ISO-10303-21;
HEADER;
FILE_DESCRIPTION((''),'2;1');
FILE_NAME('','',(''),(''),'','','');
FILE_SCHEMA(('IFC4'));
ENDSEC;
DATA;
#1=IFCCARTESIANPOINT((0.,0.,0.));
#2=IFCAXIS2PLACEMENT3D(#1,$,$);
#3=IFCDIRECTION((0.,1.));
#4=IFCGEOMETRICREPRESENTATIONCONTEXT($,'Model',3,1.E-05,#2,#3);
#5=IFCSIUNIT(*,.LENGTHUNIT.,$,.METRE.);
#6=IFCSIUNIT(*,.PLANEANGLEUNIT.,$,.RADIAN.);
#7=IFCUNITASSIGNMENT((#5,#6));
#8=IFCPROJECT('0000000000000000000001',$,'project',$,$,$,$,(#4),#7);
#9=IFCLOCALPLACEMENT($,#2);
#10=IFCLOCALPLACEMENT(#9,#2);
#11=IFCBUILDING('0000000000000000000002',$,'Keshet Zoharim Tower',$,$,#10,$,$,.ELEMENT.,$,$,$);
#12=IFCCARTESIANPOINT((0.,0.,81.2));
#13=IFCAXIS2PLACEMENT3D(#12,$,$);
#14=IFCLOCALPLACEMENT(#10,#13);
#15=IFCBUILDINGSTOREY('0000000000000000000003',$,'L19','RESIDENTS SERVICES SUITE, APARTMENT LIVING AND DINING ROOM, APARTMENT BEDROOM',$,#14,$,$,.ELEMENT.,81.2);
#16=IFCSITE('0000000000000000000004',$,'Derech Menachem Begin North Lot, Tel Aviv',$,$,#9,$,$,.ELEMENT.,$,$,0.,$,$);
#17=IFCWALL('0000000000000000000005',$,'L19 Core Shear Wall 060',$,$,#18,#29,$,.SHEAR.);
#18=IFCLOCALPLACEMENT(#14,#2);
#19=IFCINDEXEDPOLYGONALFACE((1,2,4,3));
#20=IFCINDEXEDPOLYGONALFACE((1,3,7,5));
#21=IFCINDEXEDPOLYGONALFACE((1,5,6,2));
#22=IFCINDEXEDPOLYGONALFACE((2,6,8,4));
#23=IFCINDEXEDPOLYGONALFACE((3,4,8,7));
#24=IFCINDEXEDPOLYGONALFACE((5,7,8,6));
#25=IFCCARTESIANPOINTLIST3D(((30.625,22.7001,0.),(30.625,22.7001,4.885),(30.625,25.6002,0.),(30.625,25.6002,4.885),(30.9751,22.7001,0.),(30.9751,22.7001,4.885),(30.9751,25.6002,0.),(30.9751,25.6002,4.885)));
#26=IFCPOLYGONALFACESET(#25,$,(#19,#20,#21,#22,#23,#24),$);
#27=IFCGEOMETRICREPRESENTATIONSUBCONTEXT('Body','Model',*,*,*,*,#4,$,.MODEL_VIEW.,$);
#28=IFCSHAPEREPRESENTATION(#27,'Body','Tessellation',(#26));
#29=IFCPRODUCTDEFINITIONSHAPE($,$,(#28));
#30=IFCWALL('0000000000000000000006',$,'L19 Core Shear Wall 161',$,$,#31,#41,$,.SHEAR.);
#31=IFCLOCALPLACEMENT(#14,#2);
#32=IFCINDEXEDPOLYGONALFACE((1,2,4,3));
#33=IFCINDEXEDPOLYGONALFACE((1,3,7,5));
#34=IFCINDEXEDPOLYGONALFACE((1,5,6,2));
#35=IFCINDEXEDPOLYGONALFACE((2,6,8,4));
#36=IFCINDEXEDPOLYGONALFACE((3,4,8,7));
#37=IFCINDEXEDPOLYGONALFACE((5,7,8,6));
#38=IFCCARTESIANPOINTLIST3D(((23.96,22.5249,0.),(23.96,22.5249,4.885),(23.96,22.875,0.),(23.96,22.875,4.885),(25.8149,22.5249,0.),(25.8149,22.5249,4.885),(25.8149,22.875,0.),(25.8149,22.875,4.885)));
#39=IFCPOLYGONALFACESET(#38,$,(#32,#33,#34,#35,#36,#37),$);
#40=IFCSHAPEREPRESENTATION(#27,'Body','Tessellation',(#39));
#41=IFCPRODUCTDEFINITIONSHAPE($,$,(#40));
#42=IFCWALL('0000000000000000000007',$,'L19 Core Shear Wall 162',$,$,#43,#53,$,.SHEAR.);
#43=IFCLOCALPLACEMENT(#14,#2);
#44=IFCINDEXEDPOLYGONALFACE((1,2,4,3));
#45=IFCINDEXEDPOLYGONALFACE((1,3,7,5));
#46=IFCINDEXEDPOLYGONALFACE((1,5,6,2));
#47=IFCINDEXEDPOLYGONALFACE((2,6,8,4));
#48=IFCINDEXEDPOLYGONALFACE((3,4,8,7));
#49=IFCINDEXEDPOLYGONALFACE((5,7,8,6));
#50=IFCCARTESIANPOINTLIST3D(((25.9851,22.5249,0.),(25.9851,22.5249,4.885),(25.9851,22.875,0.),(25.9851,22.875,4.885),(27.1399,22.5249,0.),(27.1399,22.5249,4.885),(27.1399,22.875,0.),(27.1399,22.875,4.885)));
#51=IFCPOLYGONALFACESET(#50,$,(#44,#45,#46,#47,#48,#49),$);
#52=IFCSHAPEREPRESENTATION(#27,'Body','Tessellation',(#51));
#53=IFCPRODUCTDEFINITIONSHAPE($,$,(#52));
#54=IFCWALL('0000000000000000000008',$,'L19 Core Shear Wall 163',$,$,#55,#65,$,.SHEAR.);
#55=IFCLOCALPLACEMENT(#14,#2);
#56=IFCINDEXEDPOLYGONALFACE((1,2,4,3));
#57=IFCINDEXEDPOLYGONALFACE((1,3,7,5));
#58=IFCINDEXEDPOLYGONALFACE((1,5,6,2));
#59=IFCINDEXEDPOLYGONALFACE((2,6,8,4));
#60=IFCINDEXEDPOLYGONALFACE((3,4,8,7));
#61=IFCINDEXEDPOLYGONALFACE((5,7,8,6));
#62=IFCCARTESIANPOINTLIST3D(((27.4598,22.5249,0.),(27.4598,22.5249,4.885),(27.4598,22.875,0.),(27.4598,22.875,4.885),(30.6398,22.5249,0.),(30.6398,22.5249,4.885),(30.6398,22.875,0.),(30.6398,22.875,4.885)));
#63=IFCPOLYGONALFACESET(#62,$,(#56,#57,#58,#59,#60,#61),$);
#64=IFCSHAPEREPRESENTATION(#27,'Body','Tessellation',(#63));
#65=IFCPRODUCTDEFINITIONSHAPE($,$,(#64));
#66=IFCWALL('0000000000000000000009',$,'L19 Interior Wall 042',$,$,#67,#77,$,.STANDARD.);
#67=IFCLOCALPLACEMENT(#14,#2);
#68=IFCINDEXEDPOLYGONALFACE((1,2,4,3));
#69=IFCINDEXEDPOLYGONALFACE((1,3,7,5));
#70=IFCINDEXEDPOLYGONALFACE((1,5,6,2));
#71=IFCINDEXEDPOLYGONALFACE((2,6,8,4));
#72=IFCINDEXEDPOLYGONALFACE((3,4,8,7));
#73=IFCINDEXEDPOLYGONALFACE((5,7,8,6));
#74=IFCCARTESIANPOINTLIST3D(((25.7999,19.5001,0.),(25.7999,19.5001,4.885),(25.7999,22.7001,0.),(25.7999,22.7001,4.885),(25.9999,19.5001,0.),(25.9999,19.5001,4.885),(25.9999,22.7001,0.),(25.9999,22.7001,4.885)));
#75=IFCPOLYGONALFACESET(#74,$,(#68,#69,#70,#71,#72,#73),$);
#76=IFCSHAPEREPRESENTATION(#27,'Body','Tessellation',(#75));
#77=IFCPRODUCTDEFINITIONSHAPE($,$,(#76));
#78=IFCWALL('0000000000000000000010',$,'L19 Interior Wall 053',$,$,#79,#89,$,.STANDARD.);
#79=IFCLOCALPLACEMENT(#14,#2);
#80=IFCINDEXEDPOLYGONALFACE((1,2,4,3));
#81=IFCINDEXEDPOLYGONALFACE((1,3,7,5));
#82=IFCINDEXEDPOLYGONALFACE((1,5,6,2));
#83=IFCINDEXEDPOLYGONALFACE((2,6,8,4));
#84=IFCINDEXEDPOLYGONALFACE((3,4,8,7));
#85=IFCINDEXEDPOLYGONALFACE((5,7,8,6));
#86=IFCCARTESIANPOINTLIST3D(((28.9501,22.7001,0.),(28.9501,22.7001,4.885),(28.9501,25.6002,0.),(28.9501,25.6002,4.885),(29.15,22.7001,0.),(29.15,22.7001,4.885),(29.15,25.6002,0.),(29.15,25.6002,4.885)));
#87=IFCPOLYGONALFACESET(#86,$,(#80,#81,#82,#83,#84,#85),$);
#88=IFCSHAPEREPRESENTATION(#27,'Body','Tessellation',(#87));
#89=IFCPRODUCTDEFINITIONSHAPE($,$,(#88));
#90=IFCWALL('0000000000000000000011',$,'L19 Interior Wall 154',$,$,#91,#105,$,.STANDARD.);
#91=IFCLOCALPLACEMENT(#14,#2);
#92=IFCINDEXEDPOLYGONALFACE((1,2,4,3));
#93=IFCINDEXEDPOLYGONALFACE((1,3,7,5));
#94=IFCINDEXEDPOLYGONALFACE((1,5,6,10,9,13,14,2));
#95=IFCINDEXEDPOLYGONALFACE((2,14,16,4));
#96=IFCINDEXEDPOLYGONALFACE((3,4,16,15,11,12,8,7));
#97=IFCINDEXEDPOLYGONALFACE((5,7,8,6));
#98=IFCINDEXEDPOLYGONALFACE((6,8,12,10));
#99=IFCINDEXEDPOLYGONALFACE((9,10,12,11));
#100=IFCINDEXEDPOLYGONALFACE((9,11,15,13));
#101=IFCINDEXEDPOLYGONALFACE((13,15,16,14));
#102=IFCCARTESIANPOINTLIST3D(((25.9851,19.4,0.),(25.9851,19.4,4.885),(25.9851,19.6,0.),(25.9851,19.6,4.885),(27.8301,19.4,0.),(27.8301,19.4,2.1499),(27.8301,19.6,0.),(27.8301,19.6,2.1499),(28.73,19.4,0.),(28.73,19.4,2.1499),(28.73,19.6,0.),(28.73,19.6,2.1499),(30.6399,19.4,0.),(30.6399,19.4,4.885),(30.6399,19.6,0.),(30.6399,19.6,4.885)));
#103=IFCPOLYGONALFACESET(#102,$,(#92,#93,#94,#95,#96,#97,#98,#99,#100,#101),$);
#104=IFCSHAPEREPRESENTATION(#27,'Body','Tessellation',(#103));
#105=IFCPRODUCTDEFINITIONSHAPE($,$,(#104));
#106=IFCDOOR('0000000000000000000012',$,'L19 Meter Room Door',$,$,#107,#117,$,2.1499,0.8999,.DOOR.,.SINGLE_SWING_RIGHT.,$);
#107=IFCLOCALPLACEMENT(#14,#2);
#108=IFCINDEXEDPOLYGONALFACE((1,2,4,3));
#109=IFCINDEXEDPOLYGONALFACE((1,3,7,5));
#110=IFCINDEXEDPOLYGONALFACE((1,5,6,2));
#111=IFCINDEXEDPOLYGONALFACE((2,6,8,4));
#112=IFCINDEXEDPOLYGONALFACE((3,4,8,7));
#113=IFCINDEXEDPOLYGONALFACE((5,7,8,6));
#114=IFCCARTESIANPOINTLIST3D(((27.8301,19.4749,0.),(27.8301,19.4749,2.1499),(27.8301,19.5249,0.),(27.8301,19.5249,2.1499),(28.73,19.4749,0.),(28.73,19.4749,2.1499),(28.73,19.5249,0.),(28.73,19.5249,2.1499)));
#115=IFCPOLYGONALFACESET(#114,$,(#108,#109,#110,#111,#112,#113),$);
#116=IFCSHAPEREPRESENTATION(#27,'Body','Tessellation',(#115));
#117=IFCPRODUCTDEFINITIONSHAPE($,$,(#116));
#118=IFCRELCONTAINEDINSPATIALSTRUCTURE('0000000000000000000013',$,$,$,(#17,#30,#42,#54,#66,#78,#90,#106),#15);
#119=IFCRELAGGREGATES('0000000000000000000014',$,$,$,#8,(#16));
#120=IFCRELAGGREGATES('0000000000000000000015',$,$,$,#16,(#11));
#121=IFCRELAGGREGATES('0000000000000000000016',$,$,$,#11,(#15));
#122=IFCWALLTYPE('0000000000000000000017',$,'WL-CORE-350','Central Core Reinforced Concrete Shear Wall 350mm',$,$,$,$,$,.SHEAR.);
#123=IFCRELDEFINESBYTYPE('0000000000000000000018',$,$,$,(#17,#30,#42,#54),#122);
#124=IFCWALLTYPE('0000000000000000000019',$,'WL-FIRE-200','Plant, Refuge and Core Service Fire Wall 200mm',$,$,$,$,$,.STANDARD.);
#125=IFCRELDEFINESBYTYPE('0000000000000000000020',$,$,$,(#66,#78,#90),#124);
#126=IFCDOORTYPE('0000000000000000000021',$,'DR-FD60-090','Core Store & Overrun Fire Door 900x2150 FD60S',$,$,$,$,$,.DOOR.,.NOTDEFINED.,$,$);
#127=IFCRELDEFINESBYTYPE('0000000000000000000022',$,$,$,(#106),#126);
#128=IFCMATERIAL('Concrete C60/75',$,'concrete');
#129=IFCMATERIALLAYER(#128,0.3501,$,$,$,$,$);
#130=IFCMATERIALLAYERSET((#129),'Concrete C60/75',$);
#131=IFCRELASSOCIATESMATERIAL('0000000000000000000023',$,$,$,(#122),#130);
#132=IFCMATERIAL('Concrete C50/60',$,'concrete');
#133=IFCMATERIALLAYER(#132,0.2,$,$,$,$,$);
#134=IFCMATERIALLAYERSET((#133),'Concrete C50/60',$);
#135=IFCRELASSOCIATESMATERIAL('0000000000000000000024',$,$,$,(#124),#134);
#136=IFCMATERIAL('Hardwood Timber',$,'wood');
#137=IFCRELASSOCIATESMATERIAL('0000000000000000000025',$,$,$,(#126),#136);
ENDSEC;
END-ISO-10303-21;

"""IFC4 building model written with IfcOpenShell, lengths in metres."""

from ifc_helpers import new_model, si_unit, direction, frame, frame_2d, origin, place, context, subcontext, project, spatial, rectangle, extrude, material, layer, layer_set, type_object, element, fill, save


model = new_model("IFC4")

# Units and contexts
model_context = context("Model", 3, precision=1e-05, world=origin(), true_north=direction((0.0, 1.0)))
body_context = subcontext(model_context, "Body", "Model", "MODEL_VIEW")
ifc_project = project(units=[si_unit("LENGTHUNIT", "METRE"), si_unit("PLANEANGLEUNIT", "RADIAN")], contexts=[model_context])

# Site, building, storey
site_placement = place(None, origin())
site = spatial("IfcSite", under=ifc_project, at=site_placement, Name="Derech Menachem Begin North Lot, Tel Aviv", CompositionType="ELEMENT", RefElevation=0.0)
building_placement = place(site_placement, origin())
building = spatial("IfcBuilding", under=site, at=building_placement, Name="Keshet Zoharim Tower", CompositionType="ELEMENT")
storey_placement = place(building_placement, frame((0.0, 0.0, 81.2)))
storey = spatial("IfcBuildingStorey", under=building, at=storey_placement, Name="L19", Description="RESIDENTS SERVICES SUITE, APARTMENT LIVING AND DINING ROOM, APARTMENT BEDROOM", CompositionType="ELEMENT", Elevation=81.2)

# Shared definitions
ifc_material_1 = material(Name="Concrete C60/75", Category="concrete")

# Shared definitions
ifc_material_2 = material(Name="Hardwood Timber", Category="wood")

# Shared definitions
ifc_layer_1 = layer(ifc_material_1, 0.3501)
ifc_layer_set_1 = layer_set([ifc_layer_1], Name="Concrete C60/75")
wall_type_1 = type_object("IfcWallType", Name="WL-CORE-350", Description="Central Core Reinforced Concrete Shear Wall 350mm", PredefinedType="SHEAR", material=ifc_layer_set_1)

# Walls
wall_1_placement = place(storey_placement, frame((30.8, 22.7, 0.0), z_axis=(0.0, 0.0, 1.0), x_axis=(0.0, 1.0, 0.0)))
element("IfcWall", 1, at=wall_1_placement, inside=storey, type_object=wall_type_1, Name="L19 Core Shear Wall 060", PredefinedType="SHEAR", context=body_context, shape_type="SweptSolid", body=[
    extrude(rectangle(XDim=2.9001, YDim=0.3501, at=frame_2d((1.4502, 0.0))), origin(), (0.0, 0.0, 1.0), 4.885),
])
wall_2_placement = place(storey_placement, frame((23.96, 22.7, 0.0), z_axis=(0.0, 0.0, 1.0), x_axis=(1.0, 0.0, 0.0)))
element("IfcWall", 2, at=wall_2_placement, inside=storey, type_object=wall_type_1, Name="L19 Core Shear Wall 161", PredefinedType="SHEAR", context=body_context, shape_type="SweptSolid", body=[
    extrude(rectangle(XDim=1.855, YDim=0.3501, at=frame_2d((0.9275, 0.0))), origin(), (0.0, 0.0, 1.0), 4.885),
])
wall_3_placement = place(storey_placement, frame((25.9851, 22.7, 0.0), z_axis=(0.0, 0.0, 1.0), x_axis=(1.0, 0.0, 0.0)))
element("IfcWall", 3, at=wall_3_placement, inside=storey, type_object=wall_type_1, Name="L19 Core Shear Wall 162", PredefinedType="SHEAR", context=body_context, shape_type="SweptSolid", body=[
    extrude(rectangle(XDim=1.1548, YDim=0.3501, at=frame_2d((0.5774, 0.0))), origin(), (0.0, 0.0, 1.0), 4.885),
])
wall_4_placement = place(storey_placement, frame((27.46, 22.7, 0.0), z_axis=(0.0, 0.0, 1.0), x_axis=(1.0, 0.0, 0.0)))
element("IfcWall", 4, at=wall_4_placement, inside=storey, type_object=wall_type_1, Name="L19 Core Shear Wall 163", PredefinedType="SHEAR", context=body_context, shape_type="SweptSolid", body=[
    extrude(rectangle(XDim=3.1799, YDim=0.3501, at=frame_2d((1.5898, 0.0))), origin(), (0.0, 0.0, 1.0), 4.885),
])
ifc_material_3 = material(Name="Concrete C50/60", Category="concrete")
ifc_layer_2 = layer(ifc_material_3, 0.2)
ifc_layer_set_2 = layer_set([ifc_layer_2], Name="Concrete C50/60")
wall_type_2 = type_object("IfcWallType", Name="WL-FIRE-200", Description="Plant, Refuge and Core Service Fire Wall 200mm", PredefinedType="STANDARD", material=ifc_layer_set_2)
wall_5_placement = place(storey_placement, frame((25.8999, 19.5, 0.0), z_axis=(0.0, 0.0, 1.0), x_axis=(0.0, 1.0, 0.0)))
element("IfcWall", 5, at=wall_5_placement, inside=storey, type_object=wall_type_2, Name="L19 Interior Wall 042", PredefinedType="STANDARD", context=body_context, shape_type="SweptSolid", body=[
    extrude(rectangle(XDim=3.2, YDim=0.2, at=frame_2d((1.6001, 0.0))), origin(), (0.0, 0.0, 1.0), 4.885),
])
wall_6_placement = place(storey_placement, frame((29.05, 22.7, 0.0), z_axis=(0.0, 0.0, 1.0), x_axis=(0.0, 1.0, 0.0)))
element("IfcWall", 6, at=wall_6_placement, inside=storey, type_object=wall_type_2, Name="L19 Interior Wall 053", PredefinedType="STANDARD", context=body_context, shape_type="SweptSolid", body=[
    extrude(rectangle(XDim=2.9001, YDim=0.2, at=frame_2d((1.4502, 0.0))), origin(), (0.0, 0.0, 1.0), 4.885),
])

# Wall, opening, door
door_type_1 = type_object("IfcDoorType", Name="DR-FD60-090", Description="Core Store & Overrun Fire Door 900x2150 FD60S", OperationType="NOTDEFINED", PredefinedType="DOOR", material=ifc_material_2)
wall_7_placement = place(storey_placement, frame((25.9851, 19.5, 0.0), z_axis=(0.0, 0.0, 1.0), x_axis=(1.0, 0.0, 0.0)))
wall_7 = element("IfcWall", 7, at=wall_7_placement, inside=storey, type_object=wall_type_2, Name="L19 Interior Wall 154", PredefinedType="STANDARD", context=body_context, shape_type="SweptSolid", body=[
    extrude(rectangle(XDim=4.6548, YDim=0.2, at=frame_2d((2.3274, 0.0))), origin(), (0.0, 0.0, 1.0), 4.885),
])
opening_1_placement = place(wall_7_placement, frame((1.845, 0.0, 0.0)))
opening_1 = element("IfcOpeningElement", 8, at=opening_1_placement, cuts=wall_7, PredefinedType="OPENING", context=body_context, shape_type="SweptSolid", body=[
    extrude(rectangle(XDim=0.8999, YDim=2.1499, at=frame_2d((0.45, 1.075))), frame((0.0, 0.1099, 0.0), z_axis=(0.0, -1.0, 0.0), x_axis=(1.0, 0.0, 0.0)), (0.0, 0.0, 1.0), 0.22),
])
door_1_placement = place(opening_1_placement, origin())
door_1 = element("IfcDoor", 9, at=door_1_placement, inside=storey, type_object=door_type_1, Name="L19 Meter Room Door", OperationType="SINGLE_SWING_RIGHT", OverallHeight=2.1499, OverallWidth=0.8999, PredefinedType="DOOR", context=body_context, shape_type="SweptSolid", body=[
    extrude(rectangle(XDim=0.8999, YDim=2.1499, at=frame_2d((0.45, 1.075))), frame((0.0, 0.0249, 0.0), z_axis=(0.0, -1.0, 0.0), x_axis=(1.0, 0.0, 0.0)), (0.0, 0.0, 1.0), 0.05),
])
fill(opening_1, door_1)

save(model, "model.ifc")
